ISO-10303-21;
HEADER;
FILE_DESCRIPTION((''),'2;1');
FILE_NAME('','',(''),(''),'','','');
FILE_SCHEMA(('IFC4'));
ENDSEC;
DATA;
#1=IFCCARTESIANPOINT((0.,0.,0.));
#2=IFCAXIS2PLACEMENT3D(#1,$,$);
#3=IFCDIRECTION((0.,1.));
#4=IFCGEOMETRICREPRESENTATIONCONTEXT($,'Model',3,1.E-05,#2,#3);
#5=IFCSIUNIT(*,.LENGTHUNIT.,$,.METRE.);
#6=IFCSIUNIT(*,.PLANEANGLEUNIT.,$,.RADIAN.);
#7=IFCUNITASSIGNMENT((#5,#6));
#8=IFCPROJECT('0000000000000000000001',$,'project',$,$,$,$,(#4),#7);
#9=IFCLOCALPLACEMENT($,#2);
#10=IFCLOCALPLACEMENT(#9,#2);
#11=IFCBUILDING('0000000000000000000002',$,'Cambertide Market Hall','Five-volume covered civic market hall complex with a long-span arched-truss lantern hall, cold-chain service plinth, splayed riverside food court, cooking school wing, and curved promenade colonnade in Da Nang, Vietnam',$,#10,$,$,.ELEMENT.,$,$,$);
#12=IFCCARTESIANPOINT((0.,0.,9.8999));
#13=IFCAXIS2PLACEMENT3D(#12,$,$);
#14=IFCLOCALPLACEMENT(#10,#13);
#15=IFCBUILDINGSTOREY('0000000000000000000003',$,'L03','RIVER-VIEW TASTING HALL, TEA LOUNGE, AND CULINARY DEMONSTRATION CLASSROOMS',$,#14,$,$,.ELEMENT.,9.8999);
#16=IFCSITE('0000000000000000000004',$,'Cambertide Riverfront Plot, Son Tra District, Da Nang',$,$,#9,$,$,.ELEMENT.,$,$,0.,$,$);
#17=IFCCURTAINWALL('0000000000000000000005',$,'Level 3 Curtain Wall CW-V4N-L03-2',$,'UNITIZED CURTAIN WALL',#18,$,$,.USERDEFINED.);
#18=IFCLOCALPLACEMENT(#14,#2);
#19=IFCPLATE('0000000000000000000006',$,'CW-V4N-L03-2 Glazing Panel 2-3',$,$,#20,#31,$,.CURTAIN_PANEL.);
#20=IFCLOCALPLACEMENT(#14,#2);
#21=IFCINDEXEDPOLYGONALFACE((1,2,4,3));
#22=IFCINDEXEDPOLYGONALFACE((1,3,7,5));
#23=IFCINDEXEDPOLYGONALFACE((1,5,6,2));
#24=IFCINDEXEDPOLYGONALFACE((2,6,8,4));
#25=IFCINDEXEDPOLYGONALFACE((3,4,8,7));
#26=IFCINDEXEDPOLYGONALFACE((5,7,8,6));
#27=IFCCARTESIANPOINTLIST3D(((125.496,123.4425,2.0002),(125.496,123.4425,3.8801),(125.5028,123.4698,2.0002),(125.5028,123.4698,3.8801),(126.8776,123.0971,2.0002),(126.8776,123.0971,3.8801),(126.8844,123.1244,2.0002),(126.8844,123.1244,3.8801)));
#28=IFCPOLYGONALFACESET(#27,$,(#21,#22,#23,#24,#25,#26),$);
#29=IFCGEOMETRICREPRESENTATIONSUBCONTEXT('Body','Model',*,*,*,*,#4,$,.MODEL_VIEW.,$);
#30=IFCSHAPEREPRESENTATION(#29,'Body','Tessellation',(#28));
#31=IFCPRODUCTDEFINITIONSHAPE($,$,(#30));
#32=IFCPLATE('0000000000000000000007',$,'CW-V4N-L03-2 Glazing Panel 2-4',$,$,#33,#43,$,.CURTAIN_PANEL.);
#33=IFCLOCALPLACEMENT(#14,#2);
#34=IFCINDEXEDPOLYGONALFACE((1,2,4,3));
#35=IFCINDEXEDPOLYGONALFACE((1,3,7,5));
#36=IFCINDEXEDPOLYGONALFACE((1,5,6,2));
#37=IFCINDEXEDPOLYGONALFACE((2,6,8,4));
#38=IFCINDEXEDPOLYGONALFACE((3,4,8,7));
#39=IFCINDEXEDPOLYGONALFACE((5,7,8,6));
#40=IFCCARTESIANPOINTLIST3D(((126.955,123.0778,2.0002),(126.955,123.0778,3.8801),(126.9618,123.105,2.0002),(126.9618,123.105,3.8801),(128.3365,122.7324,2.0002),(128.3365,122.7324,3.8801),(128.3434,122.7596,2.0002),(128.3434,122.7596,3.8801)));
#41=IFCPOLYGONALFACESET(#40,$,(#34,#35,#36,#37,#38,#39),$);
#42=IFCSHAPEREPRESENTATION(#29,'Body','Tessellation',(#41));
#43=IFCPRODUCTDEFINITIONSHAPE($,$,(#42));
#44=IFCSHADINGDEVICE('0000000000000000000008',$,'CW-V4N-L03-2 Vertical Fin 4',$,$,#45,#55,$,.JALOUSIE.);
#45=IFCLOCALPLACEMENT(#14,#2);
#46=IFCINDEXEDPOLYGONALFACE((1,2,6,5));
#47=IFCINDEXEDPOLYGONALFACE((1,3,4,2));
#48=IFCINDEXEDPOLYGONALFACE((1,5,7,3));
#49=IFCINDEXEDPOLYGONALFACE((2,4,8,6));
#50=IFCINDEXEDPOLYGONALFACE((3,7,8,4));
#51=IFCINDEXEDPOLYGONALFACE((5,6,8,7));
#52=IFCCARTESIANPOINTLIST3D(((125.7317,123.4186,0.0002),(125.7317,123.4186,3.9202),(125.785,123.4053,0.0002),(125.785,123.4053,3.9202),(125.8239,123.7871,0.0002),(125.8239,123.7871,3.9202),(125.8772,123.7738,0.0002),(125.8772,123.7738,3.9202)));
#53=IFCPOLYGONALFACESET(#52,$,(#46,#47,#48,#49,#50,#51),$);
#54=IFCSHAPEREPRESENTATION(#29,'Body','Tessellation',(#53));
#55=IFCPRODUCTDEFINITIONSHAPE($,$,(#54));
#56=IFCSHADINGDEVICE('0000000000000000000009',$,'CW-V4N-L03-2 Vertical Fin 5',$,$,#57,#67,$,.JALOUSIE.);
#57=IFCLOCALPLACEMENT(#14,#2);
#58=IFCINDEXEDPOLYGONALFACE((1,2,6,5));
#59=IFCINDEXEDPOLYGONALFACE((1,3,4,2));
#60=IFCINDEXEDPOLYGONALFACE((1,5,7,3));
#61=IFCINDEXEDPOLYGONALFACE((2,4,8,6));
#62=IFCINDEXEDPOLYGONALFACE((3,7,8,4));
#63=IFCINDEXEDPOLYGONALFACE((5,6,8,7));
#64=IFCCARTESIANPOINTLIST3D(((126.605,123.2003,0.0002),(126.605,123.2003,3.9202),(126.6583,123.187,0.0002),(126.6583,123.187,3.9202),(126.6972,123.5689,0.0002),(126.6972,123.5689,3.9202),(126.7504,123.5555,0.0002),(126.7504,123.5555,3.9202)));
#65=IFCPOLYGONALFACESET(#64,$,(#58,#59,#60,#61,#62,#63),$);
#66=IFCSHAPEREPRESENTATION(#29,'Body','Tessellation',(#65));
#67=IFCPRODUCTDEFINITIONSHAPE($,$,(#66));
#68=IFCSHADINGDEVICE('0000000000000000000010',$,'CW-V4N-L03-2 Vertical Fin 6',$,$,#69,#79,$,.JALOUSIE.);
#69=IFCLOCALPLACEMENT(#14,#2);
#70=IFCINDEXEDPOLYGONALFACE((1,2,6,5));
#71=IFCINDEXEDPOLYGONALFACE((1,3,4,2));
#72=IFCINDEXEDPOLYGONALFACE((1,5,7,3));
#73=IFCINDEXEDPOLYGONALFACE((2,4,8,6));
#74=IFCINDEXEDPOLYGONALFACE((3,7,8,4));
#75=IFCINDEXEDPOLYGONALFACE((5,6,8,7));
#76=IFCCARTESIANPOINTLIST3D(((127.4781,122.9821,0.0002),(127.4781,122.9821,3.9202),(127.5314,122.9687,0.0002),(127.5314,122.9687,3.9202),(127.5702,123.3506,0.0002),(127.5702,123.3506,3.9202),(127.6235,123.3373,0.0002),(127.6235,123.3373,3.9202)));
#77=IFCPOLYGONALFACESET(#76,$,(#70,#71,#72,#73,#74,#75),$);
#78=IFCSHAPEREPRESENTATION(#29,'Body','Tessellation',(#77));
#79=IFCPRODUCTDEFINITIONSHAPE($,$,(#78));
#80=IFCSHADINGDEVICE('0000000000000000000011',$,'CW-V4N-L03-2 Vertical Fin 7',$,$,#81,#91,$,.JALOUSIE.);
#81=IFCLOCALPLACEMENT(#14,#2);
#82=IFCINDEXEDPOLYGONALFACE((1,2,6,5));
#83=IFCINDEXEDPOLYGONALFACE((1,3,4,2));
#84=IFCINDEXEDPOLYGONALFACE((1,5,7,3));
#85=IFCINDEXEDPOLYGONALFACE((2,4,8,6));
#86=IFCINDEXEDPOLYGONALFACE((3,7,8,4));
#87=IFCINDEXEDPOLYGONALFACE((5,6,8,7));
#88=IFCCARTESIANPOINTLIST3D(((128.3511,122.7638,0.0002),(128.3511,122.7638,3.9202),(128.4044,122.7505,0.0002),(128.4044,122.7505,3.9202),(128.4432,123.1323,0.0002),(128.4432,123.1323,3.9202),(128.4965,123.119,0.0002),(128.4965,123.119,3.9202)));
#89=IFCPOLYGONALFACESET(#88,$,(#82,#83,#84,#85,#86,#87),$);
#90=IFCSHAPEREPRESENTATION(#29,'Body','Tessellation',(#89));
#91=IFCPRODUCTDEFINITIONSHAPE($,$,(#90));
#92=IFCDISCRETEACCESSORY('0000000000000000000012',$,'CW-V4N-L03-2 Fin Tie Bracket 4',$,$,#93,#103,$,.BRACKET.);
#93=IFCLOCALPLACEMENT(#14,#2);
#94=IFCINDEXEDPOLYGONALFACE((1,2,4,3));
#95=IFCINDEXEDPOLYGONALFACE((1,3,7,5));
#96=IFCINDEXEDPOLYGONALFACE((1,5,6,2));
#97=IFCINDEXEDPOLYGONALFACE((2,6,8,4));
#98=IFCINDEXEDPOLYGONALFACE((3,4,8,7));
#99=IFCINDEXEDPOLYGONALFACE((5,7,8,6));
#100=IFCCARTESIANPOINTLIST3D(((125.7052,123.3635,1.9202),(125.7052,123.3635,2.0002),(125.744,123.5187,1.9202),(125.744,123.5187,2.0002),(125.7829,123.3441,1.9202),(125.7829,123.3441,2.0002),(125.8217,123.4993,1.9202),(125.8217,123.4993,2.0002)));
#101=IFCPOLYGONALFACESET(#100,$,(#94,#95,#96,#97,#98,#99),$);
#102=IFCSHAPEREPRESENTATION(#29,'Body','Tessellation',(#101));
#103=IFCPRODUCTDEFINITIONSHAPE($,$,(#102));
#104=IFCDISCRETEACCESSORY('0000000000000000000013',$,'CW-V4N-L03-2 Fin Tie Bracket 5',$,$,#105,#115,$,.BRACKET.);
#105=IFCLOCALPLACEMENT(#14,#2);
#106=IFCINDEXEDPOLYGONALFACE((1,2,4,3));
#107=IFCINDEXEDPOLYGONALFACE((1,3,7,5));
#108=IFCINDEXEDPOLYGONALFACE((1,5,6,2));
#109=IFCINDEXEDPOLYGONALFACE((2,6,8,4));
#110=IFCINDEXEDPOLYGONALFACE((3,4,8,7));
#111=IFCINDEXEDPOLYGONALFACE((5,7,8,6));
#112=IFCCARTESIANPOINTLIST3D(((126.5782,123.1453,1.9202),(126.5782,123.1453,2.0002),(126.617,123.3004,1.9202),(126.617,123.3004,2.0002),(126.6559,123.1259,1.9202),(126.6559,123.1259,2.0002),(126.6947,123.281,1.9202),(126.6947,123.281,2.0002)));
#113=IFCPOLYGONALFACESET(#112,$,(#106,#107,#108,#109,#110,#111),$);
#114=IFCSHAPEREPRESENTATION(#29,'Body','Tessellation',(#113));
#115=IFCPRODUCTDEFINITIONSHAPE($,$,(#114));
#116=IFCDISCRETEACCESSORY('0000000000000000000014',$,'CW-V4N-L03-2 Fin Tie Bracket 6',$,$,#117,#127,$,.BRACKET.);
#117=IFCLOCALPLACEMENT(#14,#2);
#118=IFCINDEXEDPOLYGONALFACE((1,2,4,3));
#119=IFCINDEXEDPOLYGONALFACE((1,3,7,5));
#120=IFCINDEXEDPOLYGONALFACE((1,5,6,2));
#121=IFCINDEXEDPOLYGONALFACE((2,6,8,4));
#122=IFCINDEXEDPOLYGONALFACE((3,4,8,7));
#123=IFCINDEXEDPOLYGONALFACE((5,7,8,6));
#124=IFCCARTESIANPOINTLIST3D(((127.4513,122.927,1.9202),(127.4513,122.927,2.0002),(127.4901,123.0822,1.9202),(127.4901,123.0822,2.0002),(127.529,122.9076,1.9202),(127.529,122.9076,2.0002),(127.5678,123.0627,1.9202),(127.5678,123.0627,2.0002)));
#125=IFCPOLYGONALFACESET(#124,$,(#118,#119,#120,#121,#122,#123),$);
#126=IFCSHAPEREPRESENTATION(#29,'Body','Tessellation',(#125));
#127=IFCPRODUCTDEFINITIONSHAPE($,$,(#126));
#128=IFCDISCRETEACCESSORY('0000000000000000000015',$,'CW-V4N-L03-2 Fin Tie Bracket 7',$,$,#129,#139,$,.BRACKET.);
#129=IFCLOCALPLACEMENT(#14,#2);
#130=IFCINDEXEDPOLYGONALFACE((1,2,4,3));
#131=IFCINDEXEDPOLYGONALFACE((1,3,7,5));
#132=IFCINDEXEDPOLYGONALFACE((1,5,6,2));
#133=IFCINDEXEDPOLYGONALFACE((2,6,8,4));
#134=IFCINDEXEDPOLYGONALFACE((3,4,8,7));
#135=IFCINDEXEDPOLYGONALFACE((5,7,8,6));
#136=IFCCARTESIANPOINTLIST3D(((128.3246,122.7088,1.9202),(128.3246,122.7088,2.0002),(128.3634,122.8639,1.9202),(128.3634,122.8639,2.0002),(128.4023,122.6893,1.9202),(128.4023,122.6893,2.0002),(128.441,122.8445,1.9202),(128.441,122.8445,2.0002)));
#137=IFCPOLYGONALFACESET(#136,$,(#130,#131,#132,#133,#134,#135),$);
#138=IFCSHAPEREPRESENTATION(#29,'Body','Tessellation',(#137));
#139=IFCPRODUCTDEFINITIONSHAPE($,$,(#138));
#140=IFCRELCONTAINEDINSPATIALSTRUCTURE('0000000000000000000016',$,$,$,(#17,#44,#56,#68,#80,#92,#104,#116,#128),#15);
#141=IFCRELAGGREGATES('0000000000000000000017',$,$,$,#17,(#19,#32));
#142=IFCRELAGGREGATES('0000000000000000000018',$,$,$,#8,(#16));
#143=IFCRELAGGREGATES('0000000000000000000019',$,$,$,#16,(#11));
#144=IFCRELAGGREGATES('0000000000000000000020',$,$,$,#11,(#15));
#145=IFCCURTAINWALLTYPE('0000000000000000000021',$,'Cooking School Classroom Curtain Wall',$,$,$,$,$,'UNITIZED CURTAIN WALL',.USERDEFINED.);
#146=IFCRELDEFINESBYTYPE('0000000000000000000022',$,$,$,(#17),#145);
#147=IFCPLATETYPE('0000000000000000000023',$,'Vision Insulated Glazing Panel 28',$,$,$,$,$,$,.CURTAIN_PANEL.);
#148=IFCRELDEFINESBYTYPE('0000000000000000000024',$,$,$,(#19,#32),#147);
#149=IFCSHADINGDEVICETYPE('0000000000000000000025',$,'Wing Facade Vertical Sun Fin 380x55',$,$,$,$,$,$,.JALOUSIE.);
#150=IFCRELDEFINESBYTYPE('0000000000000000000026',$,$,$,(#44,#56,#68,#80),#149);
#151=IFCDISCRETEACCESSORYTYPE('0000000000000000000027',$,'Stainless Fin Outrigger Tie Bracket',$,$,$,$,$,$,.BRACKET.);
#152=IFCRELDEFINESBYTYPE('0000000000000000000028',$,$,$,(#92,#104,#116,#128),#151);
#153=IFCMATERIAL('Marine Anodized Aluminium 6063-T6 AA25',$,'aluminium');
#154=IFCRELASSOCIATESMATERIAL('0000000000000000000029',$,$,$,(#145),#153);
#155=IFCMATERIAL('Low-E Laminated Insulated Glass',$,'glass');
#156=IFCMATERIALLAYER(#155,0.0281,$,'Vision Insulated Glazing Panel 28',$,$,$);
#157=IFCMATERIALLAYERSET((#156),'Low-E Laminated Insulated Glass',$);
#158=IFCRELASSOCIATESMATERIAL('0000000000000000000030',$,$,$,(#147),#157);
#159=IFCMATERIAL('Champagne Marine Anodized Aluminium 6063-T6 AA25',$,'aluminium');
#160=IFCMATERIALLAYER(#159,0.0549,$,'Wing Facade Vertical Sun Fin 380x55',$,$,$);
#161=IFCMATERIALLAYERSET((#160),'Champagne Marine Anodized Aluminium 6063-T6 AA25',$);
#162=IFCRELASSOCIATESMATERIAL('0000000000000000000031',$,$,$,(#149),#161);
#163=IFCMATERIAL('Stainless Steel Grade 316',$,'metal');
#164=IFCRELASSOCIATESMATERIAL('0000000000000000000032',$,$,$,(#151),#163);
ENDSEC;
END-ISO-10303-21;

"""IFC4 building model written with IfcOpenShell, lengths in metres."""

from ifc_helpers import new_model, si_unit, direction, frame, origin, origin_2d, place, context, subcontext, project, spatial, rectangle, extrude, material, layer, layer_set, type_object, element, aggregate, save


model = new_model("IFC4")

# Units and contexts
model_context = context("Model", 3, precision=1e-05, world=origin(), true_north=direction((0.0, 1.0)))
body_context = subcontext(model_context, "Body", "Model", "MODEL_VIEW")
ifc_project = project(units=[si_unit("LENGTHUNIT", "METRE"), si_unit("PLANEANGLEUNIT", "RADIAN")], contexts=[model_context])

# Site, building, storey
site_placement = place(None, origin())
site = spatial("IfcSite", under=ifc_project, at=site_placement, Name="Cambertide Riverfront Plot, Son Tra District, Da Nang", CompositionType="ELEMENT", RefElevation=0.0)
building_placement = place(site_placement, origin())
building = spatial("IfcBuilding", under=site, at=building_placement, Name="Cambertide Market Hall", Description="Five-volume covered civic market hall complex with a long-span arched-truss lantern hall, cold-chain service plinth, splayed riverside food court, cooking school wing, and curved promenade colonnade in Da Nang, Vietnam", CompositionType="ELEMENT")
storey_placement = place(building_placement, frame((0.0, 0.0, 9.8999)))
storey = spatial("IfcBuildingStorey", under=building, at=storey_placement, Name="L03", Description="RIVER-VIEW TASTING HALL, TEA LOUNGE, AND CULINARY DEMONSTRATION CLASSROOMS", CompositionType="ELEMENT", Elevation=9.8999)

# Curtain wall, plates
ifc_material_1 = material(Name="Marine Anodized Aluminium 6063-T6 AA25", Category="aluminium")
curtain_wall_type = type_object("IfcCurtainWallType", Name="Cooking School Classroom Curtain Wall", ElementType="UNITIZED CURTAIN WALL", PredefinedType="USERDEFINED", material=ifc_material_1)
curtain_wall_placement = place(storey_placement, origin())
curtain_wall = element("IfcCurtainWall", 1, at=curtain_wall_placement, inside=storey, type_object=curtain_wall_type, Name="Level 3 Curtain Wall CW-V4N-L03-2", ObjectType="UNITIZED CURTAIN WALL", PredefinedType="USERDEFINED")
ifc_material_2 = material(Name="Low-E Laminated Insulated Glass", Category="glass")
ifc_layer_1 = layer(ifc_material_2, 0.0281, Name="Vision Insulated Glazing Panel 28")
ifc_layer_set_1 = layer_set([ifc_layer_1], Name="Low-E Laminated Insulated Glass")
plate_type = type_object("IfcPlateType", Name="Vision Insulated Glazing Panel 28", PredefinedType="CURTAIN_PANEL", material=ifc_layer_set_1)
plate_1_placement = place(storey_placement, frame((126.1902, 123.2834, 2.0002), z_axis=(0.0, 0.0, 1.0), x_axis=(0.970143, -0.242536, 0.0)))
plate_1 = element("IfcPlate", 2, at=plate_1_placement, type_object=plate_type, Name="CW-V4N-L03-2 Glazing Panel 2-3", PredefinedType="CURTAIN_PANEL", context=body_context, shape_type="SweptSolid", body=[
    extrude(rectangle(XDim=1.4241, YDim=0.0281, at=origin_2d()), origin(), (0.0, 0.0, 1.0), 1.8799),
])
plate_2_placement = place(storey_placement, frame((127.6492, 122.9187, 2.0002), z_axis=(0.0, 0.0, 1.0), x_axis=(0.970143, -0.242536, 0.0)))
plate_2 = element("IfcPlate", 3, at=plate_2_placement, type_object=plate_type, Name="CW-V4N-L03-2 Glazing Panel 2-4", PredefinedType="CURTAIN_PANEL", context=body_context, shape_type="SweptSolid", body=[
    extrude(rectangle(XDim=1.4241, YDim=0.0281, at=origin_2d()), origin(), (0.0, 0.0, 1.0), 1.8799),
])
aggregate(curtain_wall, [plate_1, plate_2])

# Shading devices
ifc_material_3 = material(Name="Champagne Marine Anodized Aluminium 6063-T6 AA25", Category="aluminium")
ifc_layer_2 = layer(ifc_material_3, 0.0549, Name="Wing Facade Vertical Sun Fin 380x55")
ifc_layer_set_2 = layer_set([ifc_layer_2], Name="Champagne Marine Anodized Aluminium 6063-T6 AA25")
shading_device_type = type_object("IfcShadingDeviceType", Name="Wing Facade Vertical Sun Fin 380x55", PredefinedType="JALOUSIE", material=ifc_layer_set_2)
for number, where, z_axis, x_axis, name in (
    (4, (125.8044, 123.5962, 0.0002), (0.0, 0.0, 1.0), (0.970143, -0.242536, 0.0), "CW-V4N-L03-2 Vertical Fin 4"),
    (5, (126.6777, 123.3779, 0.0002), (0.0, 0.0, 1.0), (0.970143, -0.242536, 0.0), "CW-V4N-L03-2 Vertical Fin 5"),
    (6, (127.5508, 123.1597, 0.0002), (0.0, 0.0, 1.0), (0.970143, -0.242536, 0.0), "CW-V4N-L03-2 Vertical Fin 6"),
    (7, (128.4238, 122.9414, 0.0002), (0.0, 0.0, 1.0), (0.970143, -0.242536, 0.0), "CW-V4N-L03-2 Vertical Fin 7"),
):
    element("IfcShadingDevice", number, at=place(storey_placement, frame(where, z_axis=z_axis, x_axis=x_axis)), inside=storey, type_object=shading_device_type, Name=name, PredefinedType="JALOUSIE", context=body_context, shape_type="SweptSolid", body=[
        extrude(rectangle(XDim=0.0549, YDim=0.3799, at=origin_2d()), origin(), (0.0, 0.0, 1.0), 3.9199),
    ])

# Discrete accessories
ifc_material_4 = material(Name="Stainless Steel Grade 316", Category="metal")
discrete_accessory_type = type_object("IfcDiscreteAccessoryType", Name="Stainless Fin Outrigger Tie Bracket", PredefinedType="BRACKET", material=ifc_material_4)
for number, where, z_axis, x_axis, name in (
    (8, (125.7634, 123.4314, 1.9202), (0.0, 0.0, 1.0), (0.970143, -0.242536, 0.0), "CW-V4N-L03-2 Fin Tie Bracket 4"),
    (9, (126.6365, 123.2131, 1.9202), (0.0, 0.0, 1.0), (0.970143, -0.242536, 0.0), "CW-V4N-L03-2 Fin Tie Bracket 5"),
    (10, (127.5095, 122.9949, 1.9202), (0.0, 0.0, 1.0), (0.970143, -0.242536, 0.0), "CW-V4N-L03-2 Fin Tie Bracket 6"),
    (11, (128.3828, 122.7766, 1.9202), (0.0, 0.0, 1.0), (0.970143, -0.242536, 0.0), "CW-V4N-L03-2 Fin Tie Bracket 7"),
):
    element("IfcDiscreteAccessory", number, at=place(storey_placement, frame(where, z_axis=z_axis, x_axis=x_axis)), inside=storey, type_object=discrete_accessory_type, Name=name, PredefinedType="BRACKET", context=body_context, shape_type="SweptSolid", body=[
        extrude(rectangle(XDim=0.0801, YDim=0.1599, at=origin_2d()), origin(), (0.0, 0.0, 1.0), 0.0801),
    ])

save(model, "model.ifc")
